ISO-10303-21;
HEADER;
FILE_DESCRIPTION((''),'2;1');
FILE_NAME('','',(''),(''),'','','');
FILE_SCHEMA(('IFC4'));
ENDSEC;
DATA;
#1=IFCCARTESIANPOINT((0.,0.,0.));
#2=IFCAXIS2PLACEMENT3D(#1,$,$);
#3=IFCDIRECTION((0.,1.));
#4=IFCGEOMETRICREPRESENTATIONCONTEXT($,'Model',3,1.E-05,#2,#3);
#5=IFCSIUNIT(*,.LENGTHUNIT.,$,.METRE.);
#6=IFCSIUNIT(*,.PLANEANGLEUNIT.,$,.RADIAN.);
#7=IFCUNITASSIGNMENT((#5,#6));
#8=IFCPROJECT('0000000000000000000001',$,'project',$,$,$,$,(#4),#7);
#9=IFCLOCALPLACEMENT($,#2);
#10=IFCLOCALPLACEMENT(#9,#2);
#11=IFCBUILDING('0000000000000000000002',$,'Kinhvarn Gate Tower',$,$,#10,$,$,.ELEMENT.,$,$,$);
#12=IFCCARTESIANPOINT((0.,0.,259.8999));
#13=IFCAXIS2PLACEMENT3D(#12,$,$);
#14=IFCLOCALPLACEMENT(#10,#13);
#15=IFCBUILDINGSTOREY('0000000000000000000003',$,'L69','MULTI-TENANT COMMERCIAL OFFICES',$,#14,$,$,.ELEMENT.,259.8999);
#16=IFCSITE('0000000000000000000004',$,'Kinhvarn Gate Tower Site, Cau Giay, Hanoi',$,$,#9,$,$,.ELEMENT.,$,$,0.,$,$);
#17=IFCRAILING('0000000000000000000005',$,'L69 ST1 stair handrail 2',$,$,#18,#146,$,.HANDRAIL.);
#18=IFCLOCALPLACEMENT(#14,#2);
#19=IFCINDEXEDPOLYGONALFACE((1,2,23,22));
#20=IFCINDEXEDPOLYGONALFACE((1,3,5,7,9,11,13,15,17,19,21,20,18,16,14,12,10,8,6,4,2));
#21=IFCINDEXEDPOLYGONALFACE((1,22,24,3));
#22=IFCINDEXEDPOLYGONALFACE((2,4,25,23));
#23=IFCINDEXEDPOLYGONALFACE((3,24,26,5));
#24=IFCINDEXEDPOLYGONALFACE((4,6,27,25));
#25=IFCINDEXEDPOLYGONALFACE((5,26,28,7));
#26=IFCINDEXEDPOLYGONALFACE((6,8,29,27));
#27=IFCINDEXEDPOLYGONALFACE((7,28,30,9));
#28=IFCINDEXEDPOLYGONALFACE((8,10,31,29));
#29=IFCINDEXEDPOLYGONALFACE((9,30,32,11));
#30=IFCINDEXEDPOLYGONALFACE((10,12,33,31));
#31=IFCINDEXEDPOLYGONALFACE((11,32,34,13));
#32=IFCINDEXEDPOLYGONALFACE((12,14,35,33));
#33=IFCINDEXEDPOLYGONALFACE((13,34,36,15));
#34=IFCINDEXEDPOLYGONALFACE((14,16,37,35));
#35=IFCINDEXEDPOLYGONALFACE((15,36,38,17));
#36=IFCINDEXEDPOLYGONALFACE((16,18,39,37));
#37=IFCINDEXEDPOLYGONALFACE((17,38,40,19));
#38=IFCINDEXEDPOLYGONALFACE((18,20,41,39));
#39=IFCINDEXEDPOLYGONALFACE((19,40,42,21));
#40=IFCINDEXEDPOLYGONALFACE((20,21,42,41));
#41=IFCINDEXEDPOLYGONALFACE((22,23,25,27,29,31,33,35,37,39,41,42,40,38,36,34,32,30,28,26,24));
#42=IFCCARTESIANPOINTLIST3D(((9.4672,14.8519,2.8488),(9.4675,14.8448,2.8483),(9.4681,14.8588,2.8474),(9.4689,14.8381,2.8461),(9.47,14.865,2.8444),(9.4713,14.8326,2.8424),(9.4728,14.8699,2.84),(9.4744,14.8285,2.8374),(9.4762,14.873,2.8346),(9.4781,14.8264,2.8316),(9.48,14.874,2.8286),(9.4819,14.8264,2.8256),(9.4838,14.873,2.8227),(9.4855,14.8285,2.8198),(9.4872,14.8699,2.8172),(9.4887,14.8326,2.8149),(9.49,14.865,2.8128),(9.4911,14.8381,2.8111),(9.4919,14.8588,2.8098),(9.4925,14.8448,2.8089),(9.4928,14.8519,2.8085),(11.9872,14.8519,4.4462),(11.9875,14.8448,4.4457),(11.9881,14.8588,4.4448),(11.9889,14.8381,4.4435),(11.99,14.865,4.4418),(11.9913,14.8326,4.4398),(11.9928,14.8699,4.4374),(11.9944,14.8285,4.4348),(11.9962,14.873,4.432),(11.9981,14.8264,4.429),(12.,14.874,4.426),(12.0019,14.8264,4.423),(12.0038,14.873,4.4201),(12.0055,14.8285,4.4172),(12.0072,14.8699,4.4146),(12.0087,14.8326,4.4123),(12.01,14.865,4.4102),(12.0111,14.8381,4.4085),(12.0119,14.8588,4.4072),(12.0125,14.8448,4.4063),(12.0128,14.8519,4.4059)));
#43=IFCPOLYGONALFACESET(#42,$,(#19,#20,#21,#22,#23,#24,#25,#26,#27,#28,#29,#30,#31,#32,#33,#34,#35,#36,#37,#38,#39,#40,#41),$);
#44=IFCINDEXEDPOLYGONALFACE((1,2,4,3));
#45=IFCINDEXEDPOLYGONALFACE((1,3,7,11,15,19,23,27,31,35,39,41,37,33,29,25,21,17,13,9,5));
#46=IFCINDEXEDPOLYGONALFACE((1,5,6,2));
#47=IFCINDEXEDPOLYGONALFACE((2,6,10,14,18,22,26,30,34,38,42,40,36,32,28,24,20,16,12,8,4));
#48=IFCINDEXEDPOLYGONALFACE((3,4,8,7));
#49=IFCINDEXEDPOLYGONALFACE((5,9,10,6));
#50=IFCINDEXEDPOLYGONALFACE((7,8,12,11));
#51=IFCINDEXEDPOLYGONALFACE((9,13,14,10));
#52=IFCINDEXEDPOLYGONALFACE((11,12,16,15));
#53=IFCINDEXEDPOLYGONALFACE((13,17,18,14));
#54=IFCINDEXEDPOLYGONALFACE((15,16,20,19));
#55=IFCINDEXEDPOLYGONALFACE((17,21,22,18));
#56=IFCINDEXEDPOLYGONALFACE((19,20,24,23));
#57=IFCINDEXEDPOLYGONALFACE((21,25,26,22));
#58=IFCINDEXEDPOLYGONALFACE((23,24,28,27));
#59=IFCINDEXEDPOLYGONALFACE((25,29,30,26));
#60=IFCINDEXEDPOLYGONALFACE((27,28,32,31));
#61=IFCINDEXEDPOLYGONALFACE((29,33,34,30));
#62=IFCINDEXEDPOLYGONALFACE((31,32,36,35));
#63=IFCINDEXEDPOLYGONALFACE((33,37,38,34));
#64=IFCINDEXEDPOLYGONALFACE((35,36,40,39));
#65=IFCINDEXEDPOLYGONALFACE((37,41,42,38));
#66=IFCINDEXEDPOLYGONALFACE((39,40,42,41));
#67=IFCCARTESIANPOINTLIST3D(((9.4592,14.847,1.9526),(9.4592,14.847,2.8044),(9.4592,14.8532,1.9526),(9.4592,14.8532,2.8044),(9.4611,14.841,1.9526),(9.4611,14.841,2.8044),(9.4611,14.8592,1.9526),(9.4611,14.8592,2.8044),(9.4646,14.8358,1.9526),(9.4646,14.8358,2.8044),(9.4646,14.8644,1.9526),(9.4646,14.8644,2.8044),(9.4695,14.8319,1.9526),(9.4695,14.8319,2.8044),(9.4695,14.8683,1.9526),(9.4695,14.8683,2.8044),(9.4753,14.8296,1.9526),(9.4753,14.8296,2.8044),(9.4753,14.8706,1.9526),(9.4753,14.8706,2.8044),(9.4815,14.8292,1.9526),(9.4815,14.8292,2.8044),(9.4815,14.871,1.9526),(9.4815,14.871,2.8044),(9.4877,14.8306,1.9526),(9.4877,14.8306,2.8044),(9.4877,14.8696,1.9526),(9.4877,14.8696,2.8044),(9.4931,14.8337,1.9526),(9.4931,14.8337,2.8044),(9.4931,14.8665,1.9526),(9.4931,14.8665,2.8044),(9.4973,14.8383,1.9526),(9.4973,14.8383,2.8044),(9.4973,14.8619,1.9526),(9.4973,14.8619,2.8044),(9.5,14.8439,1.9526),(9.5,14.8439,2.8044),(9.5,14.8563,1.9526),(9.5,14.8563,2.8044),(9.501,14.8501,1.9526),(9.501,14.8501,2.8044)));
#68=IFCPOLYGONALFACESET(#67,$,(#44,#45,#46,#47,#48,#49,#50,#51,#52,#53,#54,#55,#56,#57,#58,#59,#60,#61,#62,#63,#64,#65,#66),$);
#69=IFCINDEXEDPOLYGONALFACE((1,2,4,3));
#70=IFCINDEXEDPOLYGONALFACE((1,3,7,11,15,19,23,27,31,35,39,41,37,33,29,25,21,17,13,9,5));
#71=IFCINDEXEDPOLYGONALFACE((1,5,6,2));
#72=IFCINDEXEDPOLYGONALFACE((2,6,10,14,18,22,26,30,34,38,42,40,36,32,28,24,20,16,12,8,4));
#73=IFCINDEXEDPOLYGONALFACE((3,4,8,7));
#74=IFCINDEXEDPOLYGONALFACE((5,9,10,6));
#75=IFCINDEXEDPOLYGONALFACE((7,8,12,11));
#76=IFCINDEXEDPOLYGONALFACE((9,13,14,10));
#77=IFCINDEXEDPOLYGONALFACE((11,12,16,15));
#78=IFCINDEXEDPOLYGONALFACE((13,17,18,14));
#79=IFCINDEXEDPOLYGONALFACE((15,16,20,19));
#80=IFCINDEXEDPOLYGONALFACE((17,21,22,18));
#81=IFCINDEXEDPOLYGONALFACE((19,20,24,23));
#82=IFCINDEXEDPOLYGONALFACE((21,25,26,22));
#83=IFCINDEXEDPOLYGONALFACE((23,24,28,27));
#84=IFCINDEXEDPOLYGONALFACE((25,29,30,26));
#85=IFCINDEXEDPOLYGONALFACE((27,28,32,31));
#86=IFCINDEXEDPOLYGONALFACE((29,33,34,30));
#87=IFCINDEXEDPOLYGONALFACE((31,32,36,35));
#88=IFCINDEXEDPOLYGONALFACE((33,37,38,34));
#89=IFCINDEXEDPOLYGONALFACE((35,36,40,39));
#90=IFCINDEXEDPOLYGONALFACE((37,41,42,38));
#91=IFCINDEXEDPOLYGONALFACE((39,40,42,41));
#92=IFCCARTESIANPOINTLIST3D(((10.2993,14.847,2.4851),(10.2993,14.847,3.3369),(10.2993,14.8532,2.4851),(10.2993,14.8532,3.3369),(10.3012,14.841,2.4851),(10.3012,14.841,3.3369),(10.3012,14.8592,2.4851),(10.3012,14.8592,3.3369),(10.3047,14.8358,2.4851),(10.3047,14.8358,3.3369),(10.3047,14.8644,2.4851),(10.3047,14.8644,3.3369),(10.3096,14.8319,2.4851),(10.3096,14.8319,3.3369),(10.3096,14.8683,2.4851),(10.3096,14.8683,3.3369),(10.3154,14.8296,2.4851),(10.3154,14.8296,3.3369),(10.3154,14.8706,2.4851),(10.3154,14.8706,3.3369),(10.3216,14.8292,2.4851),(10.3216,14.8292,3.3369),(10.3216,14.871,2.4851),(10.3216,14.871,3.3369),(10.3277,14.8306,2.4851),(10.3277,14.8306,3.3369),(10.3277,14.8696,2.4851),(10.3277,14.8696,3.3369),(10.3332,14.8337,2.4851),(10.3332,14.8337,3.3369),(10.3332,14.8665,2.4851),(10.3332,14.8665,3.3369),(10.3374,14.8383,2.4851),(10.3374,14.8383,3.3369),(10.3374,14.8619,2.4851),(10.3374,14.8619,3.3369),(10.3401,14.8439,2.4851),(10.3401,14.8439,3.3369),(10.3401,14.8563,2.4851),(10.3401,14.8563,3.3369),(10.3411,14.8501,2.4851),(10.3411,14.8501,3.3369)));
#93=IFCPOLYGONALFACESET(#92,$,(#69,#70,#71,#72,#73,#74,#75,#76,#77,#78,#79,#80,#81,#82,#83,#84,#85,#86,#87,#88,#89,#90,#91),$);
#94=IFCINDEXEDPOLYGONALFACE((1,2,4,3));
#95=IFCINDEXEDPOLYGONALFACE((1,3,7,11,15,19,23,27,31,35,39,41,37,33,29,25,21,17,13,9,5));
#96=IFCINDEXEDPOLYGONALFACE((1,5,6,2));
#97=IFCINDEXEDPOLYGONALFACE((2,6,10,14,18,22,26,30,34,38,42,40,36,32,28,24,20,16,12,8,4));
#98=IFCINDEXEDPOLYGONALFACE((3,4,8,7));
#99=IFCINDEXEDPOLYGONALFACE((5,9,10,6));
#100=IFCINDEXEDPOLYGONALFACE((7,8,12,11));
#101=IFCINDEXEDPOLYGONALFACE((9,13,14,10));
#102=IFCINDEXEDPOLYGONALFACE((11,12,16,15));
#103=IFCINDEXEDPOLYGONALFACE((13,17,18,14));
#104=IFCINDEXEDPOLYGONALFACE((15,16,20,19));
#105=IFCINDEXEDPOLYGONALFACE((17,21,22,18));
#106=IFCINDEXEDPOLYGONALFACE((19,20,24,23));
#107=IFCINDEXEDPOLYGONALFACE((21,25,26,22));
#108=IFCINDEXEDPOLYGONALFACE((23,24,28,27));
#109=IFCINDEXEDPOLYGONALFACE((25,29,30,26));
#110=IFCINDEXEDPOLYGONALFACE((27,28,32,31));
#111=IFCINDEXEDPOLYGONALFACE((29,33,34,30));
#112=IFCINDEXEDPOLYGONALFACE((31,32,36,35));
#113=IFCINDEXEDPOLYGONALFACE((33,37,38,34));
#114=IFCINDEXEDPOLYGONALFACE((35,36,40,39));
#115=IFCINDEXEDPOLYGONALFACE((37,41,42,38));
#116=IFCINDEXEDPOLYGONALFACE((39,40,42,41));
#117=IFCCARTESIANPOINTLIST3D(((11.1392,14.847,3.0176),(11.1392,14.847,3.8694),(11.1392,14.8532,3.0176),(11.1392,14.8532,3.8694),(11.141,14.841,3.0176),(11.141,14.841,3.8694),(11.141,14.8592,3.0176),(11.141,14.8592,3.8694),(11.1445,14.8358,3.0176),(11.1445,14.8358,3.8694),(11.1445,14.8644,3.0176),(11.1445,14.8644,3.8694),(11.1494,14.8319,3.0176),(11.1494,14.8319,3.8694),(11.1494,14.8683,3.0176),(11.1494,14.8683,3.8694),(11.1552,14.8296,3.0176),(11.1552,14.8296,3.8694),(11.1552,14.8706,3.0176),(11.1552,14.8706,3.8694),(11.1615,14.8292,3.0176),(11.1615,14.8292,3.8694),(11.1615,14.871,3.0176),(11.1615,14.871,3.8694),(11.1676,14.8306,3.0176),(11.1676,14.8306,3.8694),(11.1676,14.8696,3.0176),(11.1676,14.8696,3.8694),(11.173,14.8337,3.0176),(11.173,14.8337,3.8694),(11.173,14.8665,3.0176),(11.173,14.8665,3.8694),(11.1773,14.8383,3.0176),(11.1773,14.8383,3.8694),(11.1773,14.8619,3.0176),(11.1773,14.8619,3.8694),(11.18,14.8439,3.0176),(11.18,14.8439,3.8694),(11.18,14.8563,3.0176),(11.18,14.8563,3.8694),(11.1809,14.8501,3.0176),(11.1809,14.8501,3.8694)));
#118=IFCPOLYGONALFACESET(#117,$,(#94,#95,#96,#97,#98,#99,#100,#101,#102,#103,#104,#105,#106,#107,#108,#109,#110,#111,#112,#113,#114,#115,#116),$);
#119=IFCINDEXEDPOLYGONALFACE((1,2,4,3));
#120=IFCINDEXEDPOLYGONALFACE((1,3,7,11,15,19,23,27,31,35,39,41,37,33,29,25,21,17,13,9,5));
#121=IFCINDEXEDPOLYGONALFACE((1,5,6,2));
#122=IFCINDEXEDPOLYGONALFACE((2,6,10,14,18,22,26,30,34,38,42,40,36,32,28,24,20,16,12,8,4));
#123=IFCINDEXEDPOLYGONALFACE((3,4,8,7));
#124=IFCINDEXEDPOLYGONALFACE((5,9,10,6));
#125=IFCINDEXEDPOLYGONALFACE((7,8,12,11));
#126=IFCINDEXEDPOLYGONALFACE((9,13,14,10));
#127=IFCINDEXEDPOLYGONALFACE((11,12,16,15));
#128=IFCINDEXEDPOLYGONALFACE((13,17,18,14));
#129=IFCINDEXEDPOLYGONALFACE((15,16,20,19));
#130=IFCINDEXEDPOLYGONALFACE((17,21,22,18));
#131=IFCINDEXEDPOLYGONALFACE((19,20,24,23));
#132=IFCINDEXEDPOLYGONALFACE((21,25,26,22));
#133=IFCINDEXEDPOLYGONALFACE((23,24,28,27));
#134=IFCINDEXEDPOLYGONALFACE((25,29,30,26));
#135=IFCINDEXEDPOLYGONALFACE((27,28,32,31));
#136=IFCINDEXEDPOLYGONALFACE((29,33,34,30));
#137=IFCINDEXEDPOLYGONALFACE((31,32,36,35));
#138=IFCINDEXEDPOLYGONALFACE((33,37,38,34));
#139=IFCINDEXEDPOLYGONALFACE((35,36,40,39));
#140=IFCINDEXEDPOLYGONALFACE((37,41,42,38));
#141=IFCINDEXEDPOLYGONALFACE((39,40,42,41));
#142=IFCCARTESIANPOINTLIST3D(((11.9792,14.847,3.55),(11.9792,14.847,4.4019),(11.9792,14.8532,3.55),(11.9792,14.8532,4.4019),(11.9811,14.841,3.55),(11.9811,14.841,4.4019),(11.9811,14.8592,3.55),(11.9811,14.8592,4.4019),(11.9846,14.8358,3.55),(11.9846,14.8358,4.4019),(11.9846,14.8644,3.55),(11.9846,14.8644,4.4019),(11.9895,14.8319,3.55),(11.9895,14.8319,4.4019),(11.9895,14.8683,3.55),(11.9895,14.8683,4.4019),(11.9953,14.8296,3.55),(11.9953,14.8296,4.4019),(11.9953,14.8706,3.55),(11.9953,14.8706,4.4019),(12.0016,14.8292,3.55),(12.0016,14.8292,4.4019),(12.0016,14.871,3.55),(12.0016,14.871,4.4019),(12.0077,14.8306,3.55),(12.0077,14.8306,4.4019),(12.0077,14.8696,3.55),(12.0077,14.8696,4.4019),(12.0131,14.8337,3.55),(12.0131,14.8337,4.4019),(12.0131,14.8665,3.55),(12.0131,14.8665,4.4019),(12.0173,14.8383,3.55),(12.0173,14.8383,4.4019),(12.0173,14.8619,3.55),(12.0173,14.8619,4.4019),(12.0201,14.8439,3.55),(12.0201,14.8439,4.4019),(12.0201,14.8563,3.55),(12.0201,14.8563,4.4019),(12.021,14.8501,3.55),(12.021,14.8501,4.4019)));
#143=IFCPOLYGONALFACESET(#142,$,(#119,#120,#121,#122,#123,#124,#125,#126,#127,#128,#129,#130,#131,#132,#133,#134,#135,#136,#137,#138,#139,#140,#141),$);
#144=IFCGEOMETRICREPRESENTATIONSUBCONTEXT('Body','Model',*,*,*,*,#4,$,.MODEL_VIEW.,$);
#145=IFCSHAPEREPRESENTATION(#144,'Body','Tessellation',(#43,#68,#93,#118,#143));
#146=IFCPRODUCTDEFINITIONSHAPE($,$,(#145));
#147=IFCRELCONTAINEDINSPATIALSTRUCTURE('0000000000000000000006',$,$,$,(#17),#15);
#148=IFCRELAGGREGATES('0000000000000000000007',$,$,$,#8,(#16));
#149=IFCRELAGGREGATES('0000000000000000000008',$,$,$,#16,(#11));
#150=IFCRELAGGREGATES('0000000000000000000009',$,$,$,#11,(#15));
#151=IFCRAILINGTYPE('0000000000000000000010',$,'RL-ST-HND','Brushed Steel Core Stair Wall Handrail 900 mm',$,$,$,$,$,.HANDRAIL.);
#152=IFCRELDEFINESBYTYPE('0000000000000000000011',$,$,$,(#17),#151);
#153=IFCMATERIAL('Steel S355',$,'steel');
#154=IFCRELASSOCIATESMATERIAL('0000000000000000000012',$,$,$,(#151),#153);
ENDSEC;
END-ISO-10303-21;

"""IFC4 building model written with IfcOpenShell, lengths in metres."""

from ifc_helpers import new_model, si_unit, direction, frame, origin, origin_2d, place, context, subcontext, project, spatial, circle, extrude, material, type_object, element, save


model = new_model("IFC4")

# Units and contexts
model_context = context("Model", 3, precision=1e-05, world=origin(), true_north=direction((0.0, 1.0)))
body_context = subcontext(model_context, "Body", "Model", "MODEL_VIEW")
ifc_project = project(units=[si_unit("LENGTHUNIT", "METRE"), si_unit("PLANEANGLEUNIT", "RADIAN")], contexts=[model_context])

# Site, building, storey
site_placement = place(None, origin())
site = spatial("IfcSite", under=ifc_project, at=site_placement, Name="Kinhvarn Gate Tower Site, Cau Giay, Hanoi", CompositionType="ELEMENT", RefElevation=0.0)
building_placement = place(site_placement, origin())
building = spatial("IfcBuilding", under=site, at=building_placement, Name="Kinhvarn Gate Tower", CompositionType="ELEMENT")
storey_placement = place(building_placement, frame((0.0, 0.0, 259.8999)))
storey = spatial("IfcBuildingStorey", under=building, at=storey_placement, Name="L69", Description="MULTI-TENANT COMMERCIAL OFFICES", CompositionType="ELEMENT", Elevation=259.8999)

# Shared definitions
ifc_material_1 = material(Name="Steel S355", Category="steel")

# Railing
railing_type_1 = type_object("IfcRailingType", Name="RL-ST-HND", Description="Brushed Steel Core Stair Wall Handrail 900 mm", PredefinedType="HANDRAIL", material=ifc_material_1)
railing_1_placement = place(storey_placement, frame((9.48, 14.8501, 1.9526)))
element("IfcRailing", 1, at=railing_1_placement, inside=storey, type_object=railing_type_1, Name="L69 ST1 stair handrail 2", PredefinedType="HANDRAIL", context=body_context, shape_type="SweptSolid", body=[
    extrude(circle(Radius=0.0239, at=origin_2d()), frame((0.0, 0.0, 0.876), z_axis=(0.844607, 0.0, 0.535387), x_axis=(0.0, 1.0, 0.0)), (0.0, 0.0, 1.0), 2.9836),
    extrude(circle(Radius=0.021, at=origin_2d()), origin(), (0.0, 0.0, 1.0), 0.8518),
    extrude(circle(Radius=0.021, at=origin_2d()), frame((0.8401, 0.0, 0.5325)), (0.0, 0.0, 1.0), 0.8518),
    extrude(circle(Radius=0.021, at=origin_2d()), frame((1.6799, 0.0, 1.0649)), (0.0, 0.0, 1.0), 0.8518),
    extrude(circle(Radius=0.021, at=origin_2d()), frame((2.52, 0.0, 1.5974)), (0.0, 0.0, 1.0), 0.8518),
])

save(model, "model.ifc")
